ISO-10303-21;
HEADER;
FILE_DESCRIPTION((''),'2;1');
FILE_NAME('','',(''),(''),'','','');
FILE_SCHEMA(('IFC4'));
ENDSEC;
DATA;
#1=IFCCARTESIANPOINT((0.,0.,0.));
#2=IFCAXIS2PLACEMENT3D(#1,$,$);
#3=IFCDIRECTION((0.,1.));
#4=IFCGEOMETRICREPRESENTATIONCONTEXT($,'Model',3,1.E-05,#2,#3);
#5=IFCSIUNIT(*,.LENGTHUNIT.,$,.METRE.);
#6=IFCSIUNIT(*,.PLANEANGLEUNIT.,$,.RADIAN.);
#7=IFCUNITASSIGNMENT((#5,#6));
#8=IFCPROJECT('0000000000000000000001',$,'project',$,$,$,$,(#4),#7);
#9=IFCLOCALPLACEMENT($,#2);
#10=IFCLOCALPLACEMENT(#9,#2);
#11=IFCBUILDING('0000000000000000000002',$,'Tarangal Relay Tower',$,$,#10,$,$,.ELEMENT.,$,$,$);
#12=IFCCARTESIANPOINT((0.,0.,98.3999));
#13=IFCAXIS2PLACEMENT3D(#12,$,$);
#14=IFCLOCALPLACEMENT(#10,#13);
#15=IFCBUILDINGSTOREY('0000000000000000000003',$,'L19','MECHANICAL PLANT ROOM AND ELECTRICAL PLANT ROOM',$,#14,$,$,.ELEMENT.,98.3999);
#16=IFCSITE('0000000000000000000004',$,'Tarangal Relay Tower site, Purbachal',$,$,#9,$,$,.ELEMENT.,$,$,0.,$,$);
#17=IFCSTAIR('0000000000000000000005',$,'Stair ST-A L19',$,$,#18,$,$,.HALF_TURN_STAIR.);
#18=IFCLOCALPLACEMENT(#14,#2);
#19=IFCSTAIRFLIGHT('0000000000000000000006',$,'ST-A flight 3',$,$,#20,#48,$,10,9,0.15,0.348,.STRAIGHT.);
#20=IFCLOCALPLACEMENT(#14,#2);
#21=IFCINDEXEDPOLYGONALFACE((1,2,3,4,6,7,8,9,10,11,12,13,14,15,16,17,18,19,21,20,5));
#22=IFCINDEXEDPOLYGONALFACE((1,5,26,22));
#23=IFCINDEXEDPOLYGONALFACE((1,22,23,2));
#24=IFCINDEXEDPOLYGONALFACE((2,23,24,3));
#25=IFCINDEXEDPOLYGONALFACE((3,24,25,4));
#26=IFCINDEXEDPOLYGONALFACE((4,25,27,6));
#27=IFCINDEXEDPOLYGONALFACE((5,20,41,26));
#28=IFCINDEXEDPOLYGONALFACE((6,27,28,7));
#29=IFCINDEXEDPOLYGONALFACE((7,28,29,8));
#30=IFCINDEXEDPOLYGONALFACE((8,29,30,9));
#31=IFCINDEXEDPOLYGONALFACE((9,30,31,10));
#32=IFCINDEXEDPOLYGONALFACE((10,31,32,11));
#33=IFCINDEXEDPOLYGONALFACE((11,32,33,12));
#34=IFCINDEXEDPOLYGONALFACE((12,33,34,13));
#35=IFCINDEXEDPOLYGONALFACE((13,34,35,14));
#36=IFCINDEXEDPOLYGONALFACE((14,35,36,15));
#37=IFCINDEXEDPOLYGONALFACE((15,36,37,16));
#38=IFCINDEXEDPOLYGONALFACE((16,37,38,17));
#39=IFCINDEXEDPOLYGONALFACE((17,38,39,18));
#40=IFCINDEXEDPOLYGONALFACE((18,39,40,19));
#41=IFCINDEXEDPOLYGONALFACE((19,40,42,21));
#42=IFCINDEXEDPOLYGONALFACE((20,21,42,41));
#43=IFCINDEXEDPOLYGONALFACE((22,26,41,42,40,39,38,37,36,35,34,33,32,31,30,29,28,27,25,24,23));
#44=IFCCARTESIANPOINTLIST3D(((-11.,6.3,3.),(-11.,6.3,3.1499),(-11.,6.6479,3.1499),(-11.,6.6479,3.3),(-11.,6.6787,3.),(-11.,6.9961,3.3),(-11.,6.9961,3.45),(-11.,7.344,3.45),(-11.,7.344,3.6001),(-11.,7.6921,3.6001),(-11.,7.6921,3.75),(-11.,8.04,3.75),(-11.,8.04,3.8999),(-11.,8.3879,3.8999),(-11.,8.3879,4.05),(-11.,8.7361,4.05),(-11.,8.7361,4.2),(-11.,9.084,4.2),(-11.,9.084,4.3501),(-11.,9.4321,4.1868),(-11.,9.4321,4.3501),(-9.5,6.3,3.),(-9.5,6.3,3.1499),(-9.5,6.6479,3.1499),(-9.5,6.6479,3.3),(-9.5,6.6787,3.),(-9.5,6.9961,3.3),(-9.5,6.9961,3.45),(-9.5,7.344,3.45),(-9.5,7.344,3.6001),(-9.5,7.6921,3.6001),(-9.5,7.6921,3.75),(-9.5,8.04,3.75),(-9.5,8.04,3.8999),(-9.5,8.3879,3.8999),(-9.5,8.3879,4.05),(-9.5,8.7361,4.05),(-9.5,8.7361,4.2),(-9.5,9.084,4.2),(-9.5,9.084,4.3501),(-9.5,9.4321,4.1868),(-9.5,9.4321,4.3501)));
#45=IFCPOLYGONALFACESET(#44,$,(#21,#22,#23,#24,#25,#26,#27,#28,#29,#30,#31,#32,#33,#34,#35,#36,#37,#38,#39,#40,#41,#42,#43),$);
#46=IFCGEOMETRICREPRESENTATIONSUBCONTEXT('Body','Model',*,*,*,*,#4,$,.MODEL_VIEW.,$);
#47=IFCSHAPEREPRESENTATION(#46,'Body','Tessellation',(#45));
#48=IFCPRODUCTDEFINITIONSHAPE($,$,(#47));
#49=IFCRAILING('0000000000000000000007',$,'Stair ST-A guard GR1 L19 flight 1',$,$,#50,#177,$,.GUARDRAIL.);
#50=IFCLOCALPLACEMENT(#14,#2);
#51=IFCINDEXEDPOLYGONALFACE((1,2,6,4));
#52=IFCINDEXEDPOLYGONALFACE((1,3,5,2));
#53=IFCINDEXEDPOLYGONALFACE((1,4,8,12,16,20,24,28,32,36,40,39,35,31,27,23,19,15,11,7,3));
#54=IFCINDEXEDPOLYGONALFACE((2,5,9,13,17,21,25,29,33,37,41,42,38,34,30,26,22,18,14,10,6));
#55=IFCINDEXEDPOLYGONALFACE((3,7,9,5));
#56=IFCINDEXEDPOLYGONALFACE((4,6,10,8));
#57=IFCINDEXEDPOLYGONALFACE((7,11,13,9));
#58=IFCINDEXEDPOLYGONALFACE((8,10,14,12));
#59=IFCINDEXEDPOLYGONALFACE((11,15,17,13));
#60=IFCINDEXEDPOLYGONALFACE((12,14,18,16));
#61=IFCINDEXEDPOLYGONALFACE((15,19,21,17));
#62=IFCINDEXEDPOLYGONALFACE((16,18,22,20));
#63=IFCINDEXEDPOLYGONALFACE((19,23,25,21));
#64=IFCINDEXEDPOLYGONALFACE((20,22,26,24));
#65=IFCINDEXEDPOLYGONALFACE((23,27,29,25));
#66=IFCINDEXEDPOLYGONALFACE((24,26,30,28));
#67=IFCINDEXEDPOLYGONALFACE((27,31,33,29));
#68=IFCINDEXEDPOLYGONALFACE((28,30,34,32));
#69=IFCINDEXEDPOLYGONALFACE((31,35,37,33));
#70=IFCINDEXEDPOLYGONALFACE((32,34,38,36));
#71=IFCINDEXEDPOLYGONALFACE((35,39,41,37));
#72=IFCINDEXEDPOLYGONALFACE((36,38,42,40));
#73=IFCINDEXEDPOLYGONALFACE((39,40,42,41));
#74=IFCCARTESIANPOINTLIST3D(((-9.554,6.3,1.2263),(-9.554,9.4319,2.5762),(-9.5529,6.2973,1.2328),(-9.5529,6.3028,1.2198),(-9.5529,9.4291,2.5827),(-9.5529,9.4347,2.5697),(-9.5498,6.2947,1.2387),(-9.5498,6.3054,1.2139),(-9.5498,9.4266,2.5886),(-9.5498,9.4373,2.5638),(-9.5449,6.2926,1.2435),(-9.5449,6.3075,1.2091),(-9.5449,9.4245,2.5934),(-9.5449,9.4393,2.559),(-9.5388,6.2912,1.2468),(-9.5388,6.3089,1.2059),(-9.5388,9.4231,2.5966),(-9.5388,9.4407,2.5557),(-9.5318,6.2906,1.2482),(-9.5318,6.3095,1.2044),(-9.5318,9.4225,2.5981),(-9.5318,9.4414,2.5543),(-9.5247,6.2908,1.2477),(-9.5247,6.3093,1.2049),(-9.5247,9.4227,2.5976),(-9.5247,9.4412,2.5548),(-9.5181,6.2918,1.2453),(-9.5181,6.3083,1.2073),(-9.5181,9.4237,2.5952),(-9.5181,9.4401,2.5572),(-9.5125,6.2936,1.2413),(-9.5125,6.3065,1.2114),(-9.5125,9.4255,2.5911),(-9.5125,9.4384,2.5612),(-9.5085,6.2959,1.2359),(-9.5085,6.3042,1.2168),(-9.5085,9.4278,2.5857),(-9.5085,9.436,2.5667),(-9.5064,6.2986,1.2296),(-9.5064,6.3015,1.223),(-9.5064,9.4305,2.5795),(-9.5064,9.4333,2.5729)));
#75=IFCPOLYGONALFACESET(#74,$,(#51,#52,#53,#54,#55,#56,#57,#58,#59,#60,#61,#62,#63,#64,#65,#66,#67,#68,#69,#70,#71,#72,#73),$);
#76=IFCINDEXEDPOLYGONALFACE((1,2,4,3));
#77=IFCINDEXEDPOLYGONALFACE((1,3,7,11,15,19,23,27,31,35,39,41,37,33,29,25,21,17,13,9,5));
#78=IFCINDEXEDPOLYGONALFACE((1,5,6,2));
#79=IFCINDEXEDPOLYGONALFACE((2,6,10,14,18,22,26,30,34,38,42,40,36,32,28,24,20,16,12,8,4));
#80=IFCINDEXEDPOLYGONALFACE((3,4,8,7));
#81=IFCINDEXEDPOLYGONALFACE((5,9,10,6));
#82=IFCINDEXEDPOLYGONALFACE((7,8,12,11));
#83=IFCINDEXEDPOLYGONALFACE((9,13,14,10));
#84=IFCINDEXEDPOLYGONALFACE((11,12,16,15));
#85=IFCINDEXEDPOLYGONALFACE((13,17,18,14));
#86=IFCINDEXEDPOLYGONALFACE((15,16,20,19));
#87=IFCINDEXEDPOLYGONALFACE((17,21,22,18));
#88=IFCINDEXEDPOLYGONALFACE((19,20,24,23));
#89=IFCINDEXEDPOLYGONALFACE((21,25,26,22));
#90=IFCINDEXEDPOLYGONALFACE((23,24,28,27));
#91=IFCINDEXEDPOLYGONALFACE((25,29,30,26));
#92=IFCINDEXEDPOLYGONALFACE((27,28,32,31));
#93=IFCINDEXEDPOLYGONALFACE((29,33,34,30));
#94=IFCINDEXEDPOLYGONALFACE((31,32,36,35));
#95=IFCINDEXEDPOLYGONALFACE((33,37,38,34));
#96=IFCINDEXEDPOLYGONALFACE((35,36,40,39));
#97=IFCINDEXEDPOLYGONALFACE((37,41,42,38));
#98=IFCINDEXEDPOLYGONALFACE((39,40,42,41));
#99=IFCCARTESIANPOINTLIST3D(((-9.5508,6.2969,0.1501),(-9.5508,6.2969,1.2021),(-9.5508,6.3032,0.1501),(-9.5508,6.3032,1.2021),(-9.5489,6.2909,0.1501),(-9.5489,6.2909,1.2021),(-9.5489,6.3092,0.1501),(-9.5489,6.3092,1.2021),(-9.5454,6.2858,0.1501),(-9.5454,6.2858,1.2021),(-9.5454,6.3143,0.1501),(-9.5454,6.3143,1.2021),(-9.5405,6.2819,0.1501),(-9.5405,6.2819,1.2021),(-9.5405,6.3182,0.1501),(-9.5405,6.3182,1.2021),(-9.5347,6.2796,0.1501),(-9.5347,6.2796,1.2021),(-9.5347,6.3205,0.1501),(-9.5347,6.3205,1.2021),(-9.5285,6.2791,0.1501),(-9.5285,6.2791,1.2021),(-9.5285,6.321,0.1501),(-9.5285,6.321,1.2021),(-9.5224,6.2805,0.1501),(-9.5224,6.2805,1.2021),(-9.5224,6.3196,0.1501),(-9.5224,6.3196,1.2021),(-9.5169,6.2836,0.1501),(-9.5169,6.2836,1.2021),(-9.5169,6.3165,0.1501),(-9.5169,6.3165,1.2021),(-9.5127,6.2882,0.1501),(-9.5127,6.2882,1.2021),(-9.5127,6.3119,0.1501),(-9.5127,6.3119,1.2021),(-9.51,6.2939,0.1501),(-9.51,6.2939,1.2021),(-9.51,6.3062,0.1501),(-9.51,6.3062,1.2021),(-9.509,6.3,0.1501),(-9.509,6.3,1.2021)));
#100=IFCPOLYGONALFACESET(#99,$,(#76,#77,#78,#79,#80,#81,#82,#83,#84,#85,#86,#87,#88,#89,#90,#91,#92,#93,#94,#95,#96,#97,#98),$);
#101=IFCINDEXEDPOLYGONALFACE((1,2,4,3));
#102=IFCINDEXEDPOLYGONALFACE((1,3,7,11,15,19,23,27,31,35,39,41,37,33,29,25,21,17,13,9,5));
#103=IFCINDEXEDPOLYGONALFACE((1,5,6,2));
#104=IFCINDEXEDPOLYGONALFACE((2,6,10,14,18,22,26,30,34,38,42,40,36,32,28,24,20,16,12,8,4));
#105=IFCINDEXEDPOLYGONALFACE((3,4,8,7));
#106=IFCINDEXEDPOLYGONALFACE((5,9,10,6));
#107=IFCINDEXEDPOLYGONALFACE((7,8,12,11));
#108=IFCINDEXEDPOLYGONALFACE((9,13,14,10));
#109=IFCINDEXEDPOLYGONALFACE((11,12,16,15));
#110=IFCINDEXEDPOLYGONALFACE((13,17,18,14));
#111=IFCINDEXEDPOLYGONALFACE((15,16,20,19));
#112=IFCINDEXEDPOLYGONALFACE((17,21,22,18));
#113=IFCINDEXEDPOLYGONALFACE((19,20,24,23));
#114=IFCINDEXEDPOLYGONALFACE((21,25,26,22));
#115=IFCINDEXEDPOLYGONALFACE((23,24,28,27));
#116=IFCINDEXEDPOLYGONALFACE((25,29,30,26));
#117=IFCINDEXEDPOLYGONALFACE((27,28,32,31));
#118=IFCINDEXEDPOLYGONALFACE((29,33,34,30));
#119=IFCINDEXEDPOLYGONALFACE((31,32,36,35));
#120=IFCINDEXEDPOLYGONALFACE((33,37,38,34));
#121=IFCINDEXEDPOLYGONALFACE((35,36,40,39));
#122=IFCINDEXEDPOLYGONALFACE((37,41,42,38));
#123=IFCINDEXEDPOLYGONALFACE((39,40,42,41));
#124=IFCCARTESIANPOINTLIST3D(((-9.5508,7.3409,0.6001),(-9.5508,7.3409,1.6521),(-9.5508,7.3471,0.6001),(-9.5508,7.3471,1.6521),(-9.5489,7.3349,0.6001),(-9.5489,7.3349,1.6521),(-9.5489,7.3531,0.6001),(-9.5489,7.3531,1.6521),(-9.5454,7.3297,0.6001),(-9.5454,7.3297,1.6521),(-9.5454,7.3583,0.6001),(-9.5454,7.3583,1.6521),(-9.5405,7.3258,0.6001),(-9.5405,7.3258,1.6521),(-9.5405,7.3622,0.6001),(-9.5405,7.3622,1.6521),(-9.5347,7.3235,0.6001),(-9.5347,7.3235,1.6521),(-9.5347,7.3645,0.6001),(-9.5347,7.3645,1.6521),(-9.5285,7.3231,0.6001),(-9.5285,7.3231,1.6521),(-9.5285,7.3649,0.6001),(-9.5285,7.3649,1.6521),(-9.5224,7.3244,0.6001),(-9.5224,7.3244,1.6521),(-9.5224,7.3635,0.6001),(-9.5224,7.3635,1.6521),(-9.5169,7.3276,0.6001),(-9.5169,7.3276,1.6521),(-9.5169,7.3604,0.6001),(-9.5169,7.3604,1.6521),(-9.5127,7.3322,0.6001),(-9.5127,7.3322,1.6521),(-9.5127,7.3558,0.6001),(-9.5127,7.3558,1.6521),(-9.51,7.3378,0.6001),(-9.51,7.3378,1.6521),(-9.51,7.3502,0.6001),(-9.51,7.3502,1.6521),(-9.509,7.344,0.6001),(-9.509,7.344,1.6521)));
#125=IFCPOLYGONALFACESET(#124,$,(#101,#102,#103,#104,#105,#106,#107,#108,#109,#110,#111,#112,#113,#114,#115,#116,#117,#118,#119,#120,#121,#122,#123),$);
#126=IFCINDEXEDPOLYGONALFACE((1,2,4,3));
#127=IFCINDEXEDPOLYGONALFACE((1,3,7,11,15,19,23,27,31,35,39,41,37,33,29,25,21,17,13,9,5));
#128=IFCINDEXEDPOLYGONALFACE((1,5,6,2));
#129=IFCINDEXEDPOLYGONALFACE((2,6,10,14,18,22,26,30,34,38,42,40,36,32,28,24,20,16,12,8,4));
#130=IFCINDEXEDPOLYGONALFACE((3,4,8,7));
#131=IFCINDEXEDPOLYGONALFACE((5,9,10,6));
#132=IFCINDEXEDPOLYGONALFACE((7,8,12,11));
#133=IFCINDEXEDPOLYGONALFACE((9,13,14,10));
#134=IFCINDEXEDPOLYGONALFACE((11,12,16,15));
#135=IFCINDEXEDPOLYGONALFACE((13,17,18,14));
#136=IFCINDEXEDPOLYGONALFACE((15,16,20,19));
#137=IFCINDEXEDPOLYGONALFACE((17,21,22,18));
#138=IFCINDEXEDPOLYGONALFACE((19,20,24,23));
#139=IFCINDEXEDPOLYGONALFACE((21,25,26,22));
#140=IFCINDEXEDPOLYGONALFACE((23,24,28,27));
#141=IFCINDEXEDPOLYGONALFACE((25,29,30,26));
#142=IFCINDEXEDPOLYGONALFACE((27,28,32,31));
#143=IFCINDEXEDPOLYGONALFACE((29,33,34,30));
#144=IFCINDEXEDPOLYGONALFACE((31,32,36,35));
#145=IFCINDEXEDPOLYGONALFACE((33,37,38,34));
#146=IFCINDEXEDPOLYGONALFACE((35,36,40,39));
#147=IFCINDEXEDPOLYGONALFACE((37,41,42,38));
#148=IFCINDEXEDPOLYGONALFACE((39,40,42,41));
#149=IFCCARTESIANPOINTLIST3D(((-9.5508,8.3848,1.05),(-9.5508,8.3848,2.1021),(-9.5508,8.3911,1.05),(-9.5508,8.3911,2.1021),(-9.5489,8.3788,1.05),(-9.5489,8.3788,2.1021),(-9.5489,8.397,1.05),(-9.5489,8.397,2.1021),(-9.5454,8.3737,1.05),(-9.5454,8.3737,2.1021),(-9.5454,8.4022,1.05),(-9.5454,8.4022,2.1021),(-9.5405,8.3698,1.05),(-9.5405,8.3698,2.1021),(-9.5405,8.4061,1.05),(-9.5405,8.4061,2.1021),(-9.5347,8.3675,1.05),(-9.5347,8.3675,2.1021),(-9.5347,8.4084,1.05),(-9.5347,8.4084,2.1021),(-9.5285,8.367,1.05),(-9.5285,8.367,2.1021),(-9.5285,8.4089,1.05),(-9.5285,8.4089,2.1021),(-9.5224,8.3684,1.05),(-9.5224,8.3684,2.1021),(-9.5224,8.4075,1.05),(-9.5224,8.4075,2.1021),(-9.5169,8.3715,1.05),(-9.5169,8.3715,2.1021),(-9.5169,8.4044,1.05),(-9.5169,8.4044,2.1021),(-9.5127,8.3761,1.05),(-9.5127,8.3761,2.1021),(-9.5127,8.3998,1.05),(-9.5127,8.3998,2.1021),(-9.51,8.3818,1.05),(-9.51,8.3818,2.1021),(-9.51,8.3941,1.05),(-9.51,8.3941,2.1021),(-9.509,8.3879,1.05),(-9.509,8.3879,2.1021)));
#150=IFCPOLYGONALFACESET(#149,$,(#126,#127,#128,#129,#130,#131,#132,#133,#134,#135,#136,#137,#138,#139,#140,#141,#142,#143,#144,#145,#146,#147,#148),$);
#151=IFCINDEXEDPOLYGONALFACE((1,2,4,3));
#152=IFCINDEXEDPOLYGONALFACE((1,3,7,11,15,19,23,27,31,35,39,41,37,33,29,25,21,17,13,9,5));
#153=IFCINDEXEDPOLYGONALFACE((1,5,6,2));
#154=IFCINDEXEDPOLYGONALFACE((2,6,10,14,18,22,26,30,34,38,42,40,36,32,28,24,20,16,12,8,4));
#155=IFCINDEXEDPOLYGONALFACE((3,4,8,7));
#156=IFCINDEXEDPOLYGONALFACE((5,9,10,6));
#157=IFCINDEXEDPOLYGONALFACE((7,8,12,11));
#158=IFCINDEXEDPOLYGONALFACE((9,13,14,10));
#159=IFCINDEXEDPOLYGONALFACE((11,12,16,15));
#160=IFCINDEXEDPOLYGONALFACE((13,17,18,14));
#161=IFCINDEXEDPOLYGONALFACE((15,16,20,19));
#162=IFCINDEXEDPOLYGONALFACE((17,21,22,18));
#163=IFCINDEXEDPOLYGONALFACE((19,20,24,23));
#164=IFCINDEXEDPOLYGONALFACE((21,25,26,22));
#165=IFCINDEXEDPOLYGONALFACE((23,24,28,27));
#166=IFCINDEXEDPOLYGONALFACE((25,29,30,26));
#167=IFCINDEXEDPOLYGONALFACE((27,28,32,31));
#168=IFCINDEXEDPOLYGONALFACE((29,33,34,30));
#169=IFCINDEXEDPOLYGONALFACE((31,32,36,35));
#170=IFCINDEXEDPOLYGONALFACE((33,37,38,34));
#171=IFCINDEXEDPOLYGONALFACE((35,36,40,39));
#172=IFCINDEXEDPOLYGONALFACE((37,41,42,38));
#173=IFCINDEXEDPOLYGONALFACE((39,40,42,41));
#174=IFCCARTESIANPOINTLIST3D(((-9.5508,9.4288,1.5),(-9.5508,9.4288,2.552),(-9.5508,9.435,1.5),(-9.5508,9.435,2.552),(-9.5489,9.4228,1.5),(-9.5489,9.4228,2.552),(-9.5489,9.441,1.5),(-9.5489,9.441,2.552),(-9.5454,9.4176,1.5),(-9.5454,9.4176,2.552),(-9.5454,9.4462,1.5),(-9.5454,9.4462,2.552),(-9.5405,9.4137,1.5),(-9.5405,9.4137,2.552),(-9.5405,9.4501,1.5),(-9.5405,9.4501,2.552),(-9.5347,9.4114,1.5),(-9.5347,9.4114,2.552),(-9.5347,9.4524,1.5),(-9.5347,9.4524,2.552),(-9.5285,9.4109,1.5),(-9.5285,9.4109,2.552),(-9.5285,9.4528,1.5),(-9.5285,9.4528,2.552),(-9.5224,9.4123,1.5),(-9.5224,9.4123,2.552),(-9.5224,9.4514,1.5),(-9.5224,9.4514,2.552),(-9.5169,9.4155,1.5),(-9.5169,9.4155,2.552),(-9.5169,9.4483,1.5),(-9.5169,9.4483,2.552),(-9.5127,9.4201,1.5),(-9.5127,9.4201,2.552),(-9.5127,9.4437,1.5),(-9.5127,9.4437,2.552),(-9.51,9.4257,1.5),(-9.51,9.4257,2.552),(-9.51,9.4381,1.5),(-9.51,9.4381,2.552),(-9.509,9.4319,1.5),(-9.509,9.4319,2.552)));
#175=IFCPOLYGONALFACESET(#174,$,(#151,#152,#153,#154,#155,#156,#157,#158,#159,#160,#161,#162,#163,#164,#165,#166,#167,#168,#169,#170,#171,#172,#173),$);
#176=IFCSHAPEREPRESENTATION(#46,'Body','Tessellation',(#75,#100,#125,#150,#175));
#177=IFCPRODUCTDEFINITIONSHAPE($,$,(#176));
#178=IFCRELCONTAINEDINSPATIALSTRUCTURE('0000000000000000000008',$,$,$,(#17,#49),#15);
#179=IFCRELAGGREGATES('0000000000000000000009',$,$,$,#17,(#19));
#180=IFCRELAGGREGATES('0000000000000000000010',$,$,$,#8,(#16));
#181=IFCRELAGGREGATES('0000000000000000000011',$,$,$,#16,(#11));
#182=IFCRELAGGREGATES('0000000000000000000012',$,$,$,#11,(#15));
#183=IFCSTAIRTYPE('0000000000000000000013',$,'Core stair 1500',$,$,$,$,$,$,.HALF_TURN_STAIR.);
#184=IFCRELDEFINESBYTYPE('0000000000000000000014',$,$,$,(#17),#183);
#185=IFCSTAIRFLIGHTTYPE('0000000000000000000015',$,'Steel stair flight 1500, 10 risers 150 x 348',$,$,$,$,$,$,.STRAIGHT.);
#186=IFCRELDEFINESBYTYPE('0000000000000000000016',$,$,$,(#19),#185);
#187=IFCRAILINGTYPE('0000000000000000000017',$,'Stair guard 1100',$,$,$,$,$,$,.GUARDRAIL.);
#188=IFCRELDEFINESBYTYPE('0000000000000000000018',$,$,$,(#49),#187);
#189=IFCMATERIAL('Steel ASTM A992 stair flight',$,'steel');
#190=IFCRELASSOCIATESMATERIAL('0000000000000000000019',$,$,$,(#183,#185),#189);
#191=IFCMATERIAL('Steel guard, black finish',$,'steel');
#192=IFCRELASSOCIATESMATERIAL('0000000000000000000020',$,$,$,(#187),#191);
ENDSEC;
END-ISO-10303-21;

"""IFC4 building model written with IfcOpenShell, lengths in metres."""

from ifc_helpers import new_model, si_unit, direction, frame, origin, origin_2d, place, context, subcontext, project, spatial, polyline, circle, outline, extrude, material, type_object, element, aggregate, save


model = new_model("IFC4")

# Units and contexts
model_context = context("Model", 3, precision=1e-05, world=origin(), true_north=direction((0.0, 1.0)))
body_context = subcontext(model_context, "Body", "Model", "MODEL_VIEW")
ifc_project = project(units=[si_unit("LENGTHUNIT", "METRE"), si_unit("PLANEANGLEUNIT", "RADIAN")], contexts=[model_context])

# Site, building, storey
site_placement = place(None, origin())
site = spatial("IfcSite", under=ifc_project, at=site_placement, Name="Tarangal Relay Tower site, Purbachal", CompositionType="ELEMENT", RefElevation=0.0)
building_placement = place(site_placement, origin())
building = spatial("IfcBuilding", under=site, at=building_placement, Name="Tarangal Relay Tower", CompositionType="ELEMENT")
storey_placement = place(building_placement, frame((0.0, 0.0, 98.3999)))
storey = spatial("IfcBuildingStorey", under=building, at=storey_placement, Name="L19", Description="MECHANICAL PLANT ROOM AND ELECTRICAL PLANT ROOM", CompositionType="ELEMENT", Elevation=98.3999)

# Stair, stair flight
ifc_material_1 = material(Name="Steel ASTM A992 stair flight", Category="steel")
stair_type = type_object("IfcStairType", Name="Core stair 1500", PredefinedType="HALF_TURN_STAIR", material=ifc_material_1)
stair_placement = place(storey_placement, origin())
stair = element("IfcStair", 1, at=stair_placement, inside=storey, type_object=stair_type, Name="Stair ST-A L19", PredefinedType="HALF_TURN_STAIR")
stair_flight_type = type_object("IfcStairFlightType", Name="Steel stair flight 1500, 10 risers 150 x 348", PredefinedType="STRAIGHT", material=ifc_material_1)
stair_flight_1_placement = place(storey_placement, frame((-10.25, 6.3, 3.0), z_axis=(0.0, 0.0, 1.0), x_axis=(0.0, 1.0, 0.0)))
stair_flight_1 = element("IfcStairFlight", 2, at=stair_flight_1_placement, type_object=stair_flight_type, Name="ST-A flight 3", NumberOfRisers=10, NumberOfTreads=9, PredefinedType="STRAIGHT", RiserHeight=0.15, TreadLength=0.348, context=body_context, shape_type="SweptSolid", body=[
    extrude(outline(polyline([(0.0, 0.0), (0.0, 0.1499), (0.3479, 0.1499), (0.3479, 0.3), (0.696, 0.3), (0.696, 0.45), (1.0439, 0.45), (1.0439, 0.6001), (1.3921, 0.6001), (1.3921, 0.75), (1.74, 0.75), (1.74, 0.8999), (2.0879, 0.8999), (2.0879, 1.05), (2.436, 1.05), (2.436, 1.2), (2.7839, 1.2), (2.7839, 1.3501), (3.1321, 1.3501), (3.1321, 1.5), (3.1321, 1.1868), (0.3787, 0.0), (0.0, 0.0)])), frame((0.0, 0.75, 0.0), z_axis=(0.0, -1.0, 0.0), x_axis=(1.0, 0.0, 0.0)), (0.0, 0.0, 1.0), 1.5),
])
aggregate(stair, [stair_flight_1])

# Railing
ifc_material_2 = material(Name="Steel guard, black finish", Category="steel")
railing_type = type_object("IfcRailingType", Name="Stair guard 1100", PredefinedType="GUARDRAIL", material=ifc_material_2)
railing_1_placement = place(storey_placement, frame((-9.53, 6.3, 0.1501)))
element("IfcRailing", 3, at=railing_1_placement, inside=storey, type_object=railing_type, Name="Stair ST-A guard GR1 L19 flight 1", PredefinedType="GUARDRAIL", context=body_context, shape_type="SweptSolid", body=[
    extrude(circle(Radius=0.0239, at=origin_2d()), frame((0.0, 0.0, 1.0762), z_axis=(0.0, 0.918332, 0.395811), x_axis=(-1.0, 0.0, 0.0)), (0.0, 0.0, 1.0), 3.4104),
    extrude(circle(Radius=0.021, at=origin_2d()), origin(), (0.0, 0.0, 1.0), 1.052),
    extrude(circle(Radius=0.021, at=origin_2d()), frame((0.0, 1.0439, 0.45)), (0.0, 0.0, 1.0), 1.052),
    extrude(circle(Radius=0.021, at=origin_2d()), frame((0.0, 2.0879, 0.8999)), (0.0, 0.0, 1.0), 1.052),
    extrude(circle(Radius=0.021, at=origin_2d()), frame((0.0, 3.1318, 1.3499)), (0.0, 0.0, 1.0), 1.052),
])

save(model, "model.ifc")
